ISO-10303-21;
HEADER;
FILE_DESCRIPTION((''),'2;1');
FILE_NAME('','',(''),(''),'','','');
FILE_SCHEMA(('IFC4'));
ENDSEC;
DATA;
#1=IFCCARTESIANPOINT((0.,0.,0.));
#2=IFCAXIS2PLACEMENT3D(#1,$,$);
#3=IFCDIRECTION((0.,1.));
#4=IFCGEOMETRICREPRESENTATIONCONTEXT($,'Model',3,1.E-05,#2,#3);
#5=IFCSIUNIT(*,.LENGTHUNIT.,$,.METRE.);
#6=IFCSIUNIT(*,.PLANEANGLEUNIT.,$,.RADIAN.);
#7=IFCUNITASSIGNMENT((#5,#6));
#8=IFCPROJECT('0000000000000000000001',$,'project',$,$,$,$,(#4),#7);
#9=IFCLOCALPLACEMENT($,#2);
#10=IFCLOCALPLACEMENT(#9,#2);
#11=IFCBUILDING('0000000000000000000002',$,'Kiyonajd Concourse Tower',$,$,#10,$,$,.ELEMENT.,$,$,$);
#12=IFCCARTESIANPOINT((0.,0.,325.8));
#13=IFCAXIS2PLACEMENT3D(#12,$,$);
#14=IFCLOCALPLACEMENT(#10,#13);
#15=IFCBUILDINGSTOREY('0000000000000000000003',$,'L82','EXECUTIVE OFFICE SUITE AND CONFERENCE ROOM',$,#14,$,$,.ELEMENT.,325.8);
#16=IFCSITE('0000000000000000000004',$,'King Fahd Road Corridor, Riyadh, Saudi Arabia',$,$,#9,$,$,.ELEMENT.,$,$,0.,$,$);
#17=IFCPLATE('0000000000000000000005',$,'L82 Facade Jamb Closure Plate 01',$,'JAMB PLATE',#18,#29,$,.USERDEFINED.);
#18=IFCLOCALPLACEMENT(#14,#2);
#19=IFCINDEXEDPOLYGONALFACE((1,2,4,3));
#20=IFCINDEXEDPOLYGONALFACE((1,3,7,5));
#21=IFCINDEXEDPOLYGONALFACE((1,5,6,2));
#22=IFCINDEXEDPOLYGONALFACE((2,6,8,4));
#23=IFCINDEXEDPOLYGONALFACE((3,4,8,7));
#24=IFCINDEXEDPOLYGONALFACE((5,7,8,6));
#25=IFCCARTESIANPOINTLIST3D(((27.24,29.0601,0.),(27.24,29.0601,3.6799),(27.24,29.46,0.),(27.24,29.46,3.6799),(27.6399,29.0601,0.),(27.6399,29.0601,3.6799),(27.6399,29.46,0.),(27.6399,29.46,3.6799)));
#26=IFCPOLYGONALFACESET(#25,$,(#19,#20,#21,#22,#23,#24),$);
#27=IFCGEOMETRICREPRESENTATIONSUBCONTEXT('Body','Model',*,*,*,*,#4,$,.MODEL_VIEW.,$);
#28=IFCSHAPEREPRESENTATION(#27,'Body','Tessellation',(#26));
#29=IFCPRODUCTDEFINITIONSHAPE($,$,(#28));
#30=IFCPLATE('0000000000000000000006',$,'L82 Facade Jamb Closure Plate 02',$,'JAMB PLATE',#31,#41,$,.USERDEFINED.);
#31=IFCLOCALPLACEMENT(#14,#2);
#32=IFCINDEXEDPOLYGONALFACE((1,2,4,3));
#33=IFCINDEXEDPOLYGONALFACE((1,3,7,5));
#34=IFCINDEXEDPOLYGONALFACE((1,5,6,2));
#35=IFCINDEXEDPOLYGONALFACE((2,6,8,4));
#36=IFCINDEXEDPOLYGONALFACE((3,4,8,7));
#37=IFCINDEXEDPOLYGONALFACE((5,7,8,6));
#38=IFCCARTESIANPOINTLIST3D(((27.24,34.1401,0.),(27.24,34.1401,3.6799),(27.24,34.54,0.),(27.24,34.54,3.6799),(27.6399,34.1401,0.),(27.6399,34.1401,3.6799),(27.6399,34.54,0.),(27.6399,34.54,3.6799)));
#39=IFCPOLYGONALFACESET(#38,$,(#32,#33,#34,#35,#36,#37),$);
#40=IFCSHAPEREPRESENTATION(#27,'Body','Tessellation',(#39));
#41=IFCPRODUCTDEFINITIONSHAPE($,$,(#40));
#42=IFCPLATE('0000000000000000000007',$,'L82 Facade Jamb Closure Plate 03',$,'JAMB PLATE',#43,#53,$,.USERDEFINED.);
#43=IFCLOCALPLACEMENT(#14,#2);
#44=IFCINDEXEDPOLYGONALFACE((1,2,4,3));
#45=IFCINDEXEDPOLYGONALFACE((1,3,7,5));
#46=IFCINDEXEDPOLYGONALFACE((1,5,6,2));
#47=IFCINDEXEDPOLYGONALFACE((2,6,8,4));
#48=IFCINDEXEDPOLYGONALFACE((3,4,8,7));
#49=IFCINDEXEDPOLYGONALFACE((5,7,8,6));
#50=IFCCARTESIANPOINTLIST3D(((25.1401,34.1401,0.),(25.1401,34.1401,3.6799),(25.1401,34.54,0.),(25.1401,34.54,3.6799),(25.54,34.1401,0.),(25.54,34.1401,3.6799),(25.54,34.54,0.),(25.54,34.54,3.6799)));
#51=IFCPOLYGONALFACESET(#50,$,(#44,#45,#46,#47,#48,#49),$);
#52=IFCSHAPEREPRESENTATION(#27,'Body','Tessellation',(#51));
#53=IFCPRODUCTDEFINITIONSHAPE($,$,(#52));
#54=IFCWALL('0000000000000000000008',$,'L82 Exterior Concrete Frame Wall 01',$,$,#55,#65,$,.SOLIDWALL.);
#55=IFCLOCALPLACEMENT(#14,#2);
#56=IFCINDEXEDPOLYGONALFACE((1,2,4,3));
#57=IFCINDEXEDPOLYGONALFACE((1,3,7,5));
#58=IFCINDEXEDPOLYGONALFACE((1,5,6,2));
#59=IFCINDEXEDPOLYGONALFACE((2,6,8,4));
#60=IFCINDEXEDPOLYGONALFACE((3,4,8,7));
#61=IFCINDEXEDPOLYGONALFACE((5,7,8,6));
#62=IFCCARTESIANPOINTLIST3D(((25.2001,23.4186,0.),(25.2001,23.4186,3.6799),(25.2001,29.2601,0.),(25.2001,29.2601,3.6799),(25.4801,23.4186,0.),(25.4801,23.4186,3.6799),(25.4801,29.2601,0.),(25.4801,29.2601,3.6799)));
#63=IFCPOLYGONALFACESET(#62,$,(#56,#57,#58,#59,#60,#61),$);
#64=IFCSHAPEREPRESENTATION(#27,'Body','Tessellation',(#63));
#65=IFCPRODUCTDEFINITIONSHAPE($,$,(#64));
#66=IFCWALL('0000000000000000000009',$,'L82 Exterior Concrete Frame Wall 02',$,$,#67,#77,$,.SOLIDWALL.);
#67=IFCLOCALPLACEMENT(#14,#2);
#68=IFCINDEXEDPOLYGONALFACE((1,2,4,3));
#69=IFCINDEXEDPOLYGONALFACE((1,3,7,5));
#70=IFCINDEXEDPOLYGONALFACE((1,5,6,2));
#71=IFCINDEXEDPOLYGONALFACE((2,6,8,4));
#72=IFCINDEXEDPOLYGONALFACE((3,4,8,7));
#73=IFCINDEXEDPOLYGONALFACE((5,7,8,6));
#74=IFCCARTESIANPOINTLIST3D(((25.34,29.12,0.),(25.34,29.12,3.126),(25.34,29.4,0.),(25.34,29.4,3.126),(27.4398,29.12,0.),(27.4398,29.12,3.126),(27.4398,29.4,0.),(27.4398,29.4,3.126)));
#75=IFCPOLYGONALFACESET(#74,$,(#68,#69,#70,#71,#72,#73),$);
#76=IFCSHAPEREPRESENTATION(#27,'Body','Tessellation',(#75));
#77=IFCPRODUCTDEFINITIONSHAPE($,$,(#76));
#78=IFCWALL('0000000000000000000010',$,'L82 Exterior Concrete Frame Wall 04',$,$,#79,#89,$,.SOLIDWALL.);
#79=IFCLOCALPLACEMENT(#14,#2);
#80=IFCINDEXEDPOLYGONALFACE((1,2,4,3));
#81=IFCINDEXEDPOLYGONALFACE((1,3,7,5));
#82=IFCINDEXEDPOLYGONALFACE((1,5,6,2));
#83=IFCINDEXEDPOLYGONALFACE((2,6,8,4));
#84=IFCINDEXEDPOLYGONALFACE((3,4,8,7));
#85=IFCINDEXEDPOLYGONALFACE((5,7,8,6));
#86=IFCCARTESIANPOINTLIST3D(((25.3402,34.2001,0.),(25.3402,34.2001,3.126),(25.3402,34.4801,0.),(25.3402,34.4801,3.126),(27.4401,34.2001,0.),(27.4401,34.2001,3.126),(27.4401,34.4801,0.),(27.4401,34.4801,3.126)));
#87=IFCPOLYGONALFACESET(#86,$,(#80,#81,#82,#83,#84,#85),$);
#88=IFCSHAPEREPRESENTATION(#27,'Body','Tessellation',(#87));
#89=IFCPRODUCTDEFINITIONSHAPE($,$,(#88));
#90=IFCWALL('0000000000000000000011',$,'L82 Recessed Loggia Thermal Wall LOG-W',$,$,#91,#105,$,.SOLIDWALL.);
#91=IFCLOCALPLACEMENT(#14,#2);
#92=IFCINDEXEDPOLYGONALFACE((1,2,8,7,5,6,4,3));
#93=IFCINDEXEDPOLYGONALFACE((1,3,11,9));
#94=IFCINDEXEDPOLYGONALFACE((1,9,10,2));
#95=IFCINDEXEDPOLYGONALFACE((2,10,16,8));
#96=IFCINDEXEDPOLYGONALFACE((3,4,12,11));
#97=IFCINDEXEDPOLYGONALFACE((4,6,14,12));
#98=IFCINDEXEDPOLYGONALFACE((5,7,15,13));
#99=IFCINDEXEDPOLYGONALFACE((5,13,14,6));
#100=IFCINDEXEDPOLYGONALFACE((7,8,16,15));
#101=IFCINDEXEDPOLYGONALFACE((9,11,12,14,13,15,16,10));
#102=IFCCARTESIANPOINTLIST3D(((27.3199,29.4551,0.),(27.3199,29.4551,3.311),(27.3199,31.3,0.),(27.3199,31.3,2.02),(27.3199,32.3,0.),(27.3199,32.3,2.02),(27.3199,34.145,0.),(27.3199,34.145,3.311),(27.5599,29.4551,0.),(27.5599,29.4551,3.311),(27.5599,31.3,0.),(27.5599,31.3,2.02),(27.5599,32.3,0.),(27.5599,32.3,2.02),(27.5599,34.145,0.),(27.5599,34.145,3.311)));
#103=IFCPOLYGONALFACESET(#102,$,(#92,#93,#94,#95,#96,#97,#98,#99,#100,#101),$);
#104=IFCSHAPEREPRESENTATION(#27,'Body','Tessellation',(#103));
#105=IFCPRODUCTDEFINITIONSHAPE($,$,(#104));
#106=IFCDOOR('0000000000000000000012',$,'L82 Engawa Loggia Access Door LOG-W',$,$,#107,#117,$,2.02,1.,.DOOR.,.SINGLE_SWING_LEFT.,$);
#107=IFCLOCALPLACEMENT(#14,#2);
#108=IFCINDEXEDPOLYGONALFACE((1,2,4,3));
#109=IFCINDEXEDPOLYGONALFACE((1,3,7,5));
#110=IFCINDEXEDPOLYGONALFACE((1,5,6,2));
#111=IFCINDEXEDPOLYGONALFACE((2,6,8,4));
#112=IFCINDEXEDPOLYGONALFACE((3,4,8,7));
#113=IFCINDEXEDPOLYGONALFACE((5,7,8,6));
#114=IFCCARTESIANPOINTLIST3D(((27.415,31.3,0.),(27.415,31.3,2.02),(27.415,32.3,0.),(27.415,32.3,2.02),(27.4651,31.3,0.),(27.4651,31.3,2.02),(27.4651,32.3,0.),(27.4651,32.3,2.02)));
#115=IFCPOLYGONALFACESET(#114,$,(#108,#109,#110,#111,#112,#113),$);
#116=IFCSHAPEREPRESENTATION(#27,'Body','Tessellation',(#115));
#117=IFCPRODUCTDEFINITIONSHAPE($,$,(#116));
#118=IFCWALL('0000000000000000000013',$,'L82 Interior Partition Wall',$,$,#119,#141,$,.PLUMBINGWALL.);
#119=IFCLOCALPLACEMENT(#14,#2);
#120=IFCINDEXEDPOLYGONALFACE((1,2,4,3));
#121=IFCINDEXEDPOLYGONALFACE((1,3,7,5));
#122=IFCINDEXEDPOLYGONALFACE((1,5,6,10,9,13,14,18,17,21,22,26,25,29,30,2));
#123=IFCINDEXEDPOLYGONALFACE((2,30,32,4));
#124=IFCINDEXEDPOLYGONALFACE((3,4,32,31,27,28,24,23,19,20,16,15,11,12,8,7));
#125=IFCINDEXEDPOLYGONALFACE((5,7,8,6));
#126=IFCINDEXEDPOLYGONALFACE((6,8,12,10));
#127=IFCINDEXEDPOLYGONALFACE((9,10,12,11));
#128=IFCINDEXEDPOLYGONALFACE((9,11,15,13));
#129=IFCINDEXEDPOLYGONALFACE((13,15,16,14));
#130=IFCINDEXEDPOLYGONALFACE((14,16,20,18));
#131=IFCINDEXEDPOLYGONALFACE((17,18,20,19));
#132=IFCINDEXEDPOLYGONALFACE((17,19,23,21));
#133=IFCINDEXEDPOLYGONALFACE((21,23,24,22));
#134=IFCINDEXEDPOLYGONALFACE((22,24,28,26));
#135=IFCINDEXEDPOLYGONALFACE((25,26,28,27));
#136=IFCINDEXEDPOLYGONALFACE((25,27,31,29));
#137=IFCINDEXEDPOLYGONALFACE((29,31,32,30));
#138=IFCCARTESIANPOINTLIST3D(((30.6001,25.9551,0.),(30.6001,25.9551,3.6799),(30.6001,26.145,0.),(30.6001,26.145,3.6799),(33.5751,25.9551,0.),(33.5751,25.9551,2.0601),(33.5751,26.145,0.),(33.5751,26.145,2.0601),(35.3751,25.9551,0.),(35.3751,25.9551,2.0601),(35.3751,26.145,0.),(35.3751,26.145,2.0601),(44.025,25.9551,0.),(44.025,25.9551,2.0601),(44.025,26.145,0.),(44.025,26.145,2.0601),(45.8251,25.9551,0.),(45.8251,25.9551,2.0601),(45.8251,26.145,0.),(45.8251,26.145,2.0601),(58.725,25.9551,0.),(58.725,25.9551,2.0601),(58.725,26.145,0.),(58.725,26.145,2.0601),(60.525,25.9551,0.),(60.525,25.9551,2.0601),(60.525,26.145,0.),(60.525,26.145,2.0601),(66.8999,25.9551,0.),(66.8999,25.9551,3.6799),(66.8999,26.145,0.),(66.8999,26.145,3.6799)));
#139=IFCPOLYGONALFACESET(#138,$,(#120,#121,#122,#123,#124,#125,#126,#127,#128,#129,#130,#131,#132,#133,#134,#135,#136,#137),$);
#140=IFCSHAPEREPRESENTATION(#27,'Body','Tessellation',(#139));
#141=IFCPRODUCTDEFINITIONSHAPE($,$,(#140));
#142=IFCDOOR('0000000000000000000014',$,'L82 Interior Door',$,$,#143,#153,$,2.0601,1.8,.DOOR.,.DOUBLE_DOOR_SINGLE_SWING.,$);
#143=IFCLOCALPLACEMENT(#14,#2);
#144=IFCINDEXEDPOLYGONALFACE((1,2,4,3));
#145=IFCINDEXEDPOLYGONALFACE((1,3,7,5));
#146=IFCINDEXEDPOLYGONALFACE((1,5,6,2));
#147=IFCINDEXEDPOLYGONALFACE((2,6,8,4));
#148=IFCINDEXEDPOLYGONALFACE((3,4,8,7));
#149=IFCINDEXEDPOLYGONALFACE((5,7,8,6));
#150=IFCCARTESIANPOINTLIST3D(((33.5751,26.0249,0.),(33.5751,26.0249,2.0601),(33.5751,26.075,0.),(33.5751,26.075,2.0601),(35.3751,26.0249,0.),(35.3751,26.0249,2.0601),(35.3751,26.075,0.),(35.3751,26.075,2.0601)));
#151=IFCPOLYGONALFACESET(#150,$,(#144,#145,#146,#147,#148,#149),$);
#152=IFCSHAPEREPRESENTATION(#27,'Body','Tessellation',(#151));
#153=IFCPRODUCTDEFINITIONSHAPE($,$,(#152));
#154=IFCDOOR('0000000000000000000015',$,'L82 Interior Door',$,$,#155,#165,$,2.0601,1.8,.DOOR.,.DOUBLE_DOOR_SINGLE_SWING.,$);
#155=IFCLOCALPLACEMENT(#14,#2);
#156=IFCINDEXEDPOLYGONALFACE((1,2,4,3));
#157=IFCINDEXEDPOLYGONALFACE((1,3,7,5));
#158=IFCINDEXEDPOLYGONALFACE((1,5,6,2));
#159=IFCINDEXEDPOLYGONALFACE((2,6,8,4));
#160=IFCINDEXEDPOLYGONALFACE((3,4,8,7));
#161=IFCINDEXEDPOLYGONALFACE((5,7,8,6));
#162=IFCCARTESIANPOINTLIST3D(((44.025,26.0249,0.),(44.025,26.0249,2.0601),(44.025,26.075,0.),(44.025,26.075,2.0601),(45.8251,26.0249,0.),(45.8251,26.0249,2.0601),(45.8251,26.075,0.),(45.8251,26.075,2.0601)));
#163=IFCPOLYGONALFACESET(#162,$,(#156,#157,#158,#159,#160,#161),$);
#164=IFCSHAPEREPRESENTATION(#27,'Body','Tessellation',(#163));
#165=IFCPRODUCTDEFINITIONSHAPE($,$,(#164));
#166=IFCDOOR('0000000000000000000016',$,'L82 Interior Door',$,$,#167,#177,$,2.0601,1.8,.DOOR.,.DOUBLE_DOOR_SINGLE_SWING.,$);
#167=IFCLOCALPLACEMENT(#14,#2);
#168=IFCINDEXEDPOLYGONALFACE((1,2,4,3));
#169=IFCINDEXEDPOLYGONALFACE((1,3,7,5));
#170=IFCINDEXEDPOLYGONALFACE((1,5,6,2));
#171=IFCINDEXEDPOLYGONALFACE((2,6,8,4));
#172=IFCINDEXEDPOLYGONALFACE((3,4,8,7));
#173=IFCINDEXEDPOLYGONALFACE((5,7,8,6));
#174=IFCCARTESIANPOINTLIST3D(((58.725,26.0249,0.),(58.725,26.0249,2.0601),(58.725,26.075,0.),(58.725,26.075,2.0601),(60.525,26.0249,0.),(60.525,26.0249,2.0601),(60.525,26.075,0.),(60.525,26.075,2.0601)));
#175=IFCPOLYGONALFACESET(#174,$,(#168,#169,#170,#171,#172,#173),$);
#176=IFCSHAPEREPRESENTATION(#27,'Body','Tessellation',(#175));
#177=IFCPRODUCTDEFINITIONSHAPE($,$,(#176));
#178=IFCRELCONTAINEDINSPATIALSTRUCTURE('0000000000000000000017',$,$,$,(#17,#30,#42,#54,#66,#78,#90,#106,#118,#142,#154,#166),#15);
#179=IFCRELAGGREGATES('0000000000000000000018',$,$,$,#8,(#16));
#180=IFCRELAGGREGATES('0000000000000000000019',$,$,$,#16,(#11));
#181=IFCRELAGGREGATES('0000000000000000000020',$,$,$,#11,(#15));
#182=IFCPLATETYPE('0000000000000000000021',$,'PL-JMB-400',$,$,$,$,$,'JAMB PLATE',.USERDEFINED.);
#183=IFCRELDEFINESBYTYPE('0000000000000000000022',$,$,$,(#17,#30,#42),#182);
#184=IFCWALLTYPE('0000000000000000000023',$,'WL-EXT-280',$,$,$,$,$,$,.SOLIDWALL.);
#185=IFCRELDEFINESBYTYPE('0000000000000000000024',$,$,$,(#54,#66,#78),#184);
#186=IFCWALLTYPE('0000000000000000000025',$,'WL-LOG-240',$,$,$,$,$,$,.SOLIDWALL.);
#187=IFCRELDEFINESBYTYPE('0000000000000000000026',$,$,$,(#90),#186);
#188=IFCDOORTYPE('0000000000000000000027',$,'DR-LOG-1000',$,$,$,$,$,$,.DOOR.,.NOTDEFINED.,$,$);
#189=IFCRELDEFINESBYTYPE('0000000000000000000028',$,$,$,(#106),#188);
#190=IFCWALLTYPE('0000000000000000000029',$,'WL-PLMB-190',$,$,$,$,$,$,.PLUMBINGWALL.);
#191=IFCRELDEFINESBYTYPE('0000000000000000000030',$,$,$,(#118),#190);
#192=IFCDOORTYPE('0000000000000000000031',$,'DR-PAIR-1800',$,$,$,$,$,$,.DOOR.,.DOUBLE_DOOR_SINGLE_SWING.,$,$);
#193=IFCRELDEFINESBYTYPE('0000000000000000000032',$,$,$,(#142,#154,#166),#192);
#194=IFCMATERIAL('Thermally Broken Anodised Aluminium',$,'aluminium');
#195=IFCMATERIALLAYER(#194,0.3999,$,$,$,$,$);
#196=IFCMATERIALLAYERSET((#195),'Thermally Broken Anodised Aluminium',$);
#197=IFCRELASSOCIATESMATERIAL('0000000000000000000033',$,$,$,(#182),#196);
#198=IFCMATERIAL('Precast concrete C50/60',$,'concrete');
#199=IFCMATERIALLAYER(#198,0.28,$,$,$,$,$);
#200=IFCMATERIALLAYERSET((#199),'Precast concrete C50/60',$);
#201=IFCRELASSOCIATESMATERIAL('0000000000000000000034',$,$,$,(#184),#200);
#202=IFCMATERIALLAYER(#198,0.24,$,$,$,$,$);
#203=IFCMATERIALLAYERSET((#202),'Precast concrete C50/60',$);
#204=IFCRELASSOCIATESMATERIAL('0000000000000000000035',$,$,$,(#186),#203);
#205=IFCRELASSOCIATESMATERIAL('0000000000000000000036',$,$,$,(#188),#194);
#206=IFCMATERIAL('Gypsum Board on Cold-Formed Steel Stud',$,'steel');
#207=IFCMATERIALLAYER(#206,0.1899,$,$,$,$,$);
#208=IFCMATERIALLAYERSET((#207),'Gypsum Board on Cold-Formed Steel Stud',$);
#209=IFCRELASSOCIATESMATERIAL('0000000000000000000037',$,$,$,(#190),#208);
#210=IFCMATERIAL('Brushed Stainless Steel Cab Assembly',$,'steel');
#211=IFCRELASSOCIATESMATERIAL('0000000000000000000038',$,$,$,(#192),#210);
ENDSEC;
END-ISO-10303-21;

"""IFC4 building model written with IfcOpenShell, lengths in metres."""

from ifc_helpers import new_model, si_unit, direction, frame, frame_2d, origin, origin_2d, place, context, subcontext, project, spatial, rectangle, extrude, material, layer, layer_set, type_object, element, fill, save


model = new_model("IFC4")

# Units and contexts
model_context = context("Model", 3, precision=1e-05, world=origin(), true_north=direction((0.0, 1.0)))
body_context = subcontext(model_context, "Body", "Model", "MODEL_VIEW")
ifc_project = project(units=[si_unit("LENGTHUNIT", "METRE"), si_unit("PLANEANGLEUNIT", "RADIAN")], contexts=[model_context])

# Site, building, storey
site_placement = place(None, origin())
site = spatial("IfcSite", under=ifc_project, at=site_placement, Name="King Fahd Road Corridor, Riyadh, Saudi Arabia", CompositionType="ELEMENT", RefElevation=0.0)
building_placement = place(site_placement, origin())
building = spatial("IfcBuilding", under=site, at=building_placement, Name="Kiyonajd Concourse Tower", CompositionType="ELEMENT")
storey_placement = place(building_placement, frame((0.0, 0.0, 325.8)))
storey = spatial("IfcBuildingStorey", under=building, at=storey_placement, Name="L82", Description="EXECUTIVE OFFICE SUITE AND CONFERENCE ROOM", CompositionType="ELEMENT", Elevation=325.8)

# Plates
ifc_material_1 = material(Name="Thermally Broken Anodised Aluminium", Category="aluminium")
ifc_layer_1 = layer(ifc_material_1, 0.3999)
ifc_layer_set_1 = layer_set([ifc_layer_1], Name="Thermally Broken Anodised Aluminium")
plate_type_1 = type_object("IfcPlateType", Name="PL-JMB-400", ElementType="JAMB PLATE", PredefinedType="USERDEFINED", material=ifc_layer_set_1)
for number, where, z_axis, x_axis, name in (
    (1, (27.4399, 29.26, 0.0), (0.0, 0.0, 1.0), (1.0, 0.0, 0.0), "L82 Facade Jamb Closure Plate 01"),
    (2, (27.4399, 34.3401, 0.0), (0.0, 0.0, 1.0), (1.0, 0.0, 0.0), "L82 Facade Jamb Closure Plate 02"),
    (3, (25.3401, 34.3401, 0.0), (0.0, 0.0, 1.0), (1.0, 0.0, 0.0), "L82 Facade Jamb Closure Plate 03"),
):
    element("IfcPlate", number, at=place(storey_placement, frame(where, z_axis=z_axis, x_axis=x_axis)), inside=storey, type_object=plate_type_1, Name=name, ObjectType="JAMB PLATE", PredefinedType="USERDEFINED", context=body_context, shape_type="SweptSolid", body=[
        extrude(rectangle(XDim=0.3999, YDim=0.3999, at=origin_2d()), origin(), (0.0, 0.0, 1.0), 3.6799),
    ])

# Walls
ifc_material_2 = material(Name="Precast concrete C50/60", Category="concrete")
ifc_layer_2 = layer(ifc_material_2, 0.28)
ifc_layer_set_2 = layer_set([ifc_layer_2], Name="Precast concrete C50/60")
wall_type_1 = type_object("IfcWallType", Name="WL-EXT-280", PredefinedType="SOLIDWALL", material=ifc_layer_set_2)
wall_1_placement = place(storey_placement, frame((25.3401, 23.4185, 0.0), z_axis=(0.0, 0.0, 1.0), x_axis=(0.0, 1.0, 0.0)))
element("IfcWall", 4, at=wall_1_placement, inside=storey, type_object=wall_type_1, Name="L82 Exterior Concrete Frame Wall 01", PredefinedType="SOLIDWALL", context=body_context, shape_type="SweptSolid", body=[
    extrude(rectangle(XDim=5.8416, YDim=0.28, at=frame_2d((2.9209, 0.0))), origin(), (0.0, 0.0, 1.0), 3.6799),
])
for number, where, z_axis, x_axis, name in (
    (5, (25.3401, 29.26, 0.0), (0.0, 0.0, 1.0), (1.0, 0.0, 0.0), "L82 Exterior Concrete Frame Wall 02"),
    (6, (27.4399, 34.3401, 0.0), (0.0, 0.0, 1.0), (-1.0, 0.0, 0.0), "L82 Exterior Concrete Frame Wall 04"),
):
    element("IfcWall", number, at=place(storey_placement, frame(where, z_axis=z_axis, x_axis=x_axis)), inside=storey, type_object=wall_type_1, Name=name, PredefinedType="SOLIDWALL", context=body_context, shape_type="SweptSolid", body=[
        extrude(rectangle(XDim=2.0999, YDim=0.28, at=frame_2d((1.0498, 0.0))), origin(), (0.0, 0.0, 1.0), 3.126),
    ])

# Wall, opening, door
ifc_layer_3 = layer(ifc_material_2, 0.24)
ifc_layer_set_3 = layer_set([ifc_layer_3], Name="Precast concrete C50/60")
wall_type_2 = type_object("IfcWallType", Name="WL-LOG-240", PredefinedType="SOLIDWALL", material=ifc_layer_set_3)
wall_2_placement = place(storey_placement, frame((27.4399, 29.4551, 0.0), z_axis=(0.0, 0.0, 1.0), x_axis=(0.0, 1.0, 0.0)))
wall_2 = element("IfcWall", 7, at=wall_2_placement, inside=storey, type_object=wall_type_2, Name="L82 Recessed Loggia Thermal Wall LOG-W", PredefinedType="SOLIDWALL", context=body_context, shape_type="SweptSolid", body=[
    extrude(rectangle(XDim=4.6899, YDim=0.24, at=frame_2d((2.345, 0.0))), origin(), (0.0, 0.0, 1.0), 3.311),
])
opening_1_placement = place(wall_2_placement, frame((1.845, 0.0, 0.0)))
opening_1 = element("IfcOpeningElement", 8, at=opening_1_placement, cuts=wall_2, PredefinedType="OPENING", context=body_context, shape_type="SweptSolid", body=[
    extrude(rectangle(XDim=1.0, YDim=2.02, at=frame_2d((0.5, 1.01))), frame((0.0, 0.1299, 0.0), z_axis=(0.0, -1.0, 0.0), x_axis=(1.0, 0.0, 0.0)), (0.0, 0.0, 1.0), 0.26),
])
door_type_1 = type_object("IfcDoorType", Name="DR-LOG-1000", OperationType="NOTDEFINED", PredefinedType="DOOR", material=ifc_material_1)
door_1_placement = place(opening_1_placement, origin())
door_1 = element("IfcDoor", 9, at=door_1_placement, inside=storey, type_object=door_type_1, Name="L82 Engawa Loggia Access Door LOG-W", OperationType="SINGLE_SWING_LEFT", OverallHeight=2.02, OverallWidth=1.0, PredefinedType="DOOR", context=body_context, shape_type="SweptSolid", body=[
    extrude(rectangle(XDim=1.0, YDim=2.02, at=frame_2d((0.5, 1.01))), frame((0.0, 0.0249, 0.0), z_axis=(0.0, -1.0, 0.0), x_axis=(1.0, 0.0, 0.0)), (0.0, 0.0, 1.0), 0.05),
])
fill(opening_1, door_1)

# Wall, openings, doors
ifc_material_3 = material(Name="Gypsum Board on Cold-Formed Steel Stud", Category="steel")
ifc_layer_4 = layer(ifc_material_3, 0.1899)
ifc_layer_set_4 = layer_set([ifc_layer_4], Name="Gypsum Board on Cold-Formed Steel Stud")
wall_type_3 = type_object("IfcWallType", Name="WL-PLMB-190", PredefinedType="PLUMBINGWALL", material=ifc_layer_set_4)
wall_3_placement = place(storey_placement, frame((30.6001, 26.05, 0.0), z_axis=(0.0, 0.0, 1.0), x_axis=(1.0, 0.0, 0.0)))
wall_3 = element("IfcWall", 10, at=wall_3_placement, inside=storey, type_object=wall_type_3, Name="L82 Interior Partition Wall", PredefinedType="PLUMBINGWALL", context=body_context, shape_type="SweptSolid", body=[
    extrude(rectangle(XDim=36.2998, YDim=0.1899, at=frame_2d((18.1499, 0.0))), origin(), (0.0, 0.0, 1.0), 3.6799),
])
opening_2_placement = place(wall_3_placement, frame((2.9751, 0.0, 0.0)))
opening_2 = element("IfcOpeningElement", 11, at=opening_2_placement, cuts=wall_3, PredefinedType="OPENING", context=body_context, shape_type="SweptSolid", body=[
    extrude(rectangle(XDim=1.8, YDim=2.0601, at=frame_2d((0.8999, 1.03))), frame((0.0, 0.105, 0.0), z_axis=(0.0, -1.0, 0.0), x_axis=(1.0, 0.0, 0.0)), (0.0, 0.0, 1.0), 0.21),
])
opening_3_placement = place(wall_3_placement, frame((13.425, 0.0, 0.0)))
opening_3 = element("IfcOpeningElement", 12, at=opening_3_placement, cuts=wall_3, PredefinedType="OPENING", context=body_context, shape_type="SweptSolid", body=[
    extrude(rectangle(XDim=1.8, YDim=2.0601, at=frame_2d((0.8999, 1.03))), frame((0.0, 0.105, 0.0), z_axis=(0.0, -1.0, 0.0), x_axis=(1.0, 0.0, 0.0)), (0.0, 0.0, 1.0), 0.21),
])
opening_4_placement = place(wall_3_placement, frame((28.125, 0.0, 0.0)))
opening_4 = element("IfcOpeningElement", 13, at=opening_4_placement, cuts=wall_3, PredefinedType="OPENING", context=body_context, shape_type="SweptSolid", body=[
    extrude(rectangle(XDim=1.8, YDim=2.0601, at=frame_2d((0.8999, 1.03))), frame((0.0, 0.105, 0.0), z_axis=(0.0, -1.0, 0.0), x_axis=(1.0, 0.0, 0.0)), (0.0, 0.0, 1.0), 0.21),
])
ifc_material_4 = material(Name="Brushed Stainless Steel Cab Assembly", Category="steel")
door_type_2 = type_object("IfcDoorType", Name="DR-PAIR-1800", OperationType="DOUBLE_DOOR_SINGLE_SWING", PredefinedType="DOOR", material=ifc_material_4)
door_2_placement = place(opening_2_placement, origin())
door_2 = element("IfcDoor", 14, at=door_2_placement, inside=storey, type_object=door_type_2, Name="L82 Interior Door", OperationType="DOUBLE_DOOR_SINGLE_SWING", OverallHeight=2.0601, OverallWidth=1.8, PredefinedType="DOOR", context=body_context, shape_type="SweptSolid", body=[
    extrude(rectangle(XDim=1.8, YDim=2.0601, at=frame_2d((0.8999, 1.03))), frame((0.0, 0.0249, 0.0), z_axis=(0.0, -1.0, 0.0), x_axis=(1.0, 0.0, 0.0)), (0.0, 0.0, 1.0), 0.05),
])
fill(opening_2, door_2)
door_3_placement = place(opening_3_placement, origin())
door_3 = element("IfcDoor", 15, at=door_3_placement, inside=storey, type_object=door_type_2, Name="L82 Interior Door", OperationType="DOUBLE_DOOR_SINGLE_SWING", OverallHeight=2.0601, OverallWidth=1.8, PredefinedType="DOOR", context=body_context, shape_type="SweptSolid", body=[
    extrude(rectangle(XDim=1.8, YDim=2.0601, at=frame_2d((0.8999, 1.03))), frame((0.0, 0.0249, 0.0), z_axis=(0.0, -1.0, 0.0), x_axis=(1.0, 0.0, 0.0)), (0.0, 0.0, 1.0), 0.05),
])
fill(opening_3, door_3)
door_4_placement = place(opening_4_placement, origin())
door_4 = element("IfcDoor", 16, at=door_4_placement, inside=storey, type_object=door_type_2, Name="L82 Interior Door", OperationType="DOUBLE_DOOR_SINGLE_SWING", OverallHeight=2.0601, OverallWidth=1.8, PredefinedType="DOOR", context=body_context, shape_type="SweptSolid", body=[
    extrude(rectangle(XDim=1.8, YDim=2.0601, at=frame_2d((0.8999, 1.03))), frame((0.0, 0.0249, 0.0), z_axis=(0.0, -1.0, 0.0), x_axis=(1.0, 0.0, 0.0)), (0.0, 0.0, 1.0), 0.05),
])
fill(opening_4, door_4)

save(model, "model.ifc")
